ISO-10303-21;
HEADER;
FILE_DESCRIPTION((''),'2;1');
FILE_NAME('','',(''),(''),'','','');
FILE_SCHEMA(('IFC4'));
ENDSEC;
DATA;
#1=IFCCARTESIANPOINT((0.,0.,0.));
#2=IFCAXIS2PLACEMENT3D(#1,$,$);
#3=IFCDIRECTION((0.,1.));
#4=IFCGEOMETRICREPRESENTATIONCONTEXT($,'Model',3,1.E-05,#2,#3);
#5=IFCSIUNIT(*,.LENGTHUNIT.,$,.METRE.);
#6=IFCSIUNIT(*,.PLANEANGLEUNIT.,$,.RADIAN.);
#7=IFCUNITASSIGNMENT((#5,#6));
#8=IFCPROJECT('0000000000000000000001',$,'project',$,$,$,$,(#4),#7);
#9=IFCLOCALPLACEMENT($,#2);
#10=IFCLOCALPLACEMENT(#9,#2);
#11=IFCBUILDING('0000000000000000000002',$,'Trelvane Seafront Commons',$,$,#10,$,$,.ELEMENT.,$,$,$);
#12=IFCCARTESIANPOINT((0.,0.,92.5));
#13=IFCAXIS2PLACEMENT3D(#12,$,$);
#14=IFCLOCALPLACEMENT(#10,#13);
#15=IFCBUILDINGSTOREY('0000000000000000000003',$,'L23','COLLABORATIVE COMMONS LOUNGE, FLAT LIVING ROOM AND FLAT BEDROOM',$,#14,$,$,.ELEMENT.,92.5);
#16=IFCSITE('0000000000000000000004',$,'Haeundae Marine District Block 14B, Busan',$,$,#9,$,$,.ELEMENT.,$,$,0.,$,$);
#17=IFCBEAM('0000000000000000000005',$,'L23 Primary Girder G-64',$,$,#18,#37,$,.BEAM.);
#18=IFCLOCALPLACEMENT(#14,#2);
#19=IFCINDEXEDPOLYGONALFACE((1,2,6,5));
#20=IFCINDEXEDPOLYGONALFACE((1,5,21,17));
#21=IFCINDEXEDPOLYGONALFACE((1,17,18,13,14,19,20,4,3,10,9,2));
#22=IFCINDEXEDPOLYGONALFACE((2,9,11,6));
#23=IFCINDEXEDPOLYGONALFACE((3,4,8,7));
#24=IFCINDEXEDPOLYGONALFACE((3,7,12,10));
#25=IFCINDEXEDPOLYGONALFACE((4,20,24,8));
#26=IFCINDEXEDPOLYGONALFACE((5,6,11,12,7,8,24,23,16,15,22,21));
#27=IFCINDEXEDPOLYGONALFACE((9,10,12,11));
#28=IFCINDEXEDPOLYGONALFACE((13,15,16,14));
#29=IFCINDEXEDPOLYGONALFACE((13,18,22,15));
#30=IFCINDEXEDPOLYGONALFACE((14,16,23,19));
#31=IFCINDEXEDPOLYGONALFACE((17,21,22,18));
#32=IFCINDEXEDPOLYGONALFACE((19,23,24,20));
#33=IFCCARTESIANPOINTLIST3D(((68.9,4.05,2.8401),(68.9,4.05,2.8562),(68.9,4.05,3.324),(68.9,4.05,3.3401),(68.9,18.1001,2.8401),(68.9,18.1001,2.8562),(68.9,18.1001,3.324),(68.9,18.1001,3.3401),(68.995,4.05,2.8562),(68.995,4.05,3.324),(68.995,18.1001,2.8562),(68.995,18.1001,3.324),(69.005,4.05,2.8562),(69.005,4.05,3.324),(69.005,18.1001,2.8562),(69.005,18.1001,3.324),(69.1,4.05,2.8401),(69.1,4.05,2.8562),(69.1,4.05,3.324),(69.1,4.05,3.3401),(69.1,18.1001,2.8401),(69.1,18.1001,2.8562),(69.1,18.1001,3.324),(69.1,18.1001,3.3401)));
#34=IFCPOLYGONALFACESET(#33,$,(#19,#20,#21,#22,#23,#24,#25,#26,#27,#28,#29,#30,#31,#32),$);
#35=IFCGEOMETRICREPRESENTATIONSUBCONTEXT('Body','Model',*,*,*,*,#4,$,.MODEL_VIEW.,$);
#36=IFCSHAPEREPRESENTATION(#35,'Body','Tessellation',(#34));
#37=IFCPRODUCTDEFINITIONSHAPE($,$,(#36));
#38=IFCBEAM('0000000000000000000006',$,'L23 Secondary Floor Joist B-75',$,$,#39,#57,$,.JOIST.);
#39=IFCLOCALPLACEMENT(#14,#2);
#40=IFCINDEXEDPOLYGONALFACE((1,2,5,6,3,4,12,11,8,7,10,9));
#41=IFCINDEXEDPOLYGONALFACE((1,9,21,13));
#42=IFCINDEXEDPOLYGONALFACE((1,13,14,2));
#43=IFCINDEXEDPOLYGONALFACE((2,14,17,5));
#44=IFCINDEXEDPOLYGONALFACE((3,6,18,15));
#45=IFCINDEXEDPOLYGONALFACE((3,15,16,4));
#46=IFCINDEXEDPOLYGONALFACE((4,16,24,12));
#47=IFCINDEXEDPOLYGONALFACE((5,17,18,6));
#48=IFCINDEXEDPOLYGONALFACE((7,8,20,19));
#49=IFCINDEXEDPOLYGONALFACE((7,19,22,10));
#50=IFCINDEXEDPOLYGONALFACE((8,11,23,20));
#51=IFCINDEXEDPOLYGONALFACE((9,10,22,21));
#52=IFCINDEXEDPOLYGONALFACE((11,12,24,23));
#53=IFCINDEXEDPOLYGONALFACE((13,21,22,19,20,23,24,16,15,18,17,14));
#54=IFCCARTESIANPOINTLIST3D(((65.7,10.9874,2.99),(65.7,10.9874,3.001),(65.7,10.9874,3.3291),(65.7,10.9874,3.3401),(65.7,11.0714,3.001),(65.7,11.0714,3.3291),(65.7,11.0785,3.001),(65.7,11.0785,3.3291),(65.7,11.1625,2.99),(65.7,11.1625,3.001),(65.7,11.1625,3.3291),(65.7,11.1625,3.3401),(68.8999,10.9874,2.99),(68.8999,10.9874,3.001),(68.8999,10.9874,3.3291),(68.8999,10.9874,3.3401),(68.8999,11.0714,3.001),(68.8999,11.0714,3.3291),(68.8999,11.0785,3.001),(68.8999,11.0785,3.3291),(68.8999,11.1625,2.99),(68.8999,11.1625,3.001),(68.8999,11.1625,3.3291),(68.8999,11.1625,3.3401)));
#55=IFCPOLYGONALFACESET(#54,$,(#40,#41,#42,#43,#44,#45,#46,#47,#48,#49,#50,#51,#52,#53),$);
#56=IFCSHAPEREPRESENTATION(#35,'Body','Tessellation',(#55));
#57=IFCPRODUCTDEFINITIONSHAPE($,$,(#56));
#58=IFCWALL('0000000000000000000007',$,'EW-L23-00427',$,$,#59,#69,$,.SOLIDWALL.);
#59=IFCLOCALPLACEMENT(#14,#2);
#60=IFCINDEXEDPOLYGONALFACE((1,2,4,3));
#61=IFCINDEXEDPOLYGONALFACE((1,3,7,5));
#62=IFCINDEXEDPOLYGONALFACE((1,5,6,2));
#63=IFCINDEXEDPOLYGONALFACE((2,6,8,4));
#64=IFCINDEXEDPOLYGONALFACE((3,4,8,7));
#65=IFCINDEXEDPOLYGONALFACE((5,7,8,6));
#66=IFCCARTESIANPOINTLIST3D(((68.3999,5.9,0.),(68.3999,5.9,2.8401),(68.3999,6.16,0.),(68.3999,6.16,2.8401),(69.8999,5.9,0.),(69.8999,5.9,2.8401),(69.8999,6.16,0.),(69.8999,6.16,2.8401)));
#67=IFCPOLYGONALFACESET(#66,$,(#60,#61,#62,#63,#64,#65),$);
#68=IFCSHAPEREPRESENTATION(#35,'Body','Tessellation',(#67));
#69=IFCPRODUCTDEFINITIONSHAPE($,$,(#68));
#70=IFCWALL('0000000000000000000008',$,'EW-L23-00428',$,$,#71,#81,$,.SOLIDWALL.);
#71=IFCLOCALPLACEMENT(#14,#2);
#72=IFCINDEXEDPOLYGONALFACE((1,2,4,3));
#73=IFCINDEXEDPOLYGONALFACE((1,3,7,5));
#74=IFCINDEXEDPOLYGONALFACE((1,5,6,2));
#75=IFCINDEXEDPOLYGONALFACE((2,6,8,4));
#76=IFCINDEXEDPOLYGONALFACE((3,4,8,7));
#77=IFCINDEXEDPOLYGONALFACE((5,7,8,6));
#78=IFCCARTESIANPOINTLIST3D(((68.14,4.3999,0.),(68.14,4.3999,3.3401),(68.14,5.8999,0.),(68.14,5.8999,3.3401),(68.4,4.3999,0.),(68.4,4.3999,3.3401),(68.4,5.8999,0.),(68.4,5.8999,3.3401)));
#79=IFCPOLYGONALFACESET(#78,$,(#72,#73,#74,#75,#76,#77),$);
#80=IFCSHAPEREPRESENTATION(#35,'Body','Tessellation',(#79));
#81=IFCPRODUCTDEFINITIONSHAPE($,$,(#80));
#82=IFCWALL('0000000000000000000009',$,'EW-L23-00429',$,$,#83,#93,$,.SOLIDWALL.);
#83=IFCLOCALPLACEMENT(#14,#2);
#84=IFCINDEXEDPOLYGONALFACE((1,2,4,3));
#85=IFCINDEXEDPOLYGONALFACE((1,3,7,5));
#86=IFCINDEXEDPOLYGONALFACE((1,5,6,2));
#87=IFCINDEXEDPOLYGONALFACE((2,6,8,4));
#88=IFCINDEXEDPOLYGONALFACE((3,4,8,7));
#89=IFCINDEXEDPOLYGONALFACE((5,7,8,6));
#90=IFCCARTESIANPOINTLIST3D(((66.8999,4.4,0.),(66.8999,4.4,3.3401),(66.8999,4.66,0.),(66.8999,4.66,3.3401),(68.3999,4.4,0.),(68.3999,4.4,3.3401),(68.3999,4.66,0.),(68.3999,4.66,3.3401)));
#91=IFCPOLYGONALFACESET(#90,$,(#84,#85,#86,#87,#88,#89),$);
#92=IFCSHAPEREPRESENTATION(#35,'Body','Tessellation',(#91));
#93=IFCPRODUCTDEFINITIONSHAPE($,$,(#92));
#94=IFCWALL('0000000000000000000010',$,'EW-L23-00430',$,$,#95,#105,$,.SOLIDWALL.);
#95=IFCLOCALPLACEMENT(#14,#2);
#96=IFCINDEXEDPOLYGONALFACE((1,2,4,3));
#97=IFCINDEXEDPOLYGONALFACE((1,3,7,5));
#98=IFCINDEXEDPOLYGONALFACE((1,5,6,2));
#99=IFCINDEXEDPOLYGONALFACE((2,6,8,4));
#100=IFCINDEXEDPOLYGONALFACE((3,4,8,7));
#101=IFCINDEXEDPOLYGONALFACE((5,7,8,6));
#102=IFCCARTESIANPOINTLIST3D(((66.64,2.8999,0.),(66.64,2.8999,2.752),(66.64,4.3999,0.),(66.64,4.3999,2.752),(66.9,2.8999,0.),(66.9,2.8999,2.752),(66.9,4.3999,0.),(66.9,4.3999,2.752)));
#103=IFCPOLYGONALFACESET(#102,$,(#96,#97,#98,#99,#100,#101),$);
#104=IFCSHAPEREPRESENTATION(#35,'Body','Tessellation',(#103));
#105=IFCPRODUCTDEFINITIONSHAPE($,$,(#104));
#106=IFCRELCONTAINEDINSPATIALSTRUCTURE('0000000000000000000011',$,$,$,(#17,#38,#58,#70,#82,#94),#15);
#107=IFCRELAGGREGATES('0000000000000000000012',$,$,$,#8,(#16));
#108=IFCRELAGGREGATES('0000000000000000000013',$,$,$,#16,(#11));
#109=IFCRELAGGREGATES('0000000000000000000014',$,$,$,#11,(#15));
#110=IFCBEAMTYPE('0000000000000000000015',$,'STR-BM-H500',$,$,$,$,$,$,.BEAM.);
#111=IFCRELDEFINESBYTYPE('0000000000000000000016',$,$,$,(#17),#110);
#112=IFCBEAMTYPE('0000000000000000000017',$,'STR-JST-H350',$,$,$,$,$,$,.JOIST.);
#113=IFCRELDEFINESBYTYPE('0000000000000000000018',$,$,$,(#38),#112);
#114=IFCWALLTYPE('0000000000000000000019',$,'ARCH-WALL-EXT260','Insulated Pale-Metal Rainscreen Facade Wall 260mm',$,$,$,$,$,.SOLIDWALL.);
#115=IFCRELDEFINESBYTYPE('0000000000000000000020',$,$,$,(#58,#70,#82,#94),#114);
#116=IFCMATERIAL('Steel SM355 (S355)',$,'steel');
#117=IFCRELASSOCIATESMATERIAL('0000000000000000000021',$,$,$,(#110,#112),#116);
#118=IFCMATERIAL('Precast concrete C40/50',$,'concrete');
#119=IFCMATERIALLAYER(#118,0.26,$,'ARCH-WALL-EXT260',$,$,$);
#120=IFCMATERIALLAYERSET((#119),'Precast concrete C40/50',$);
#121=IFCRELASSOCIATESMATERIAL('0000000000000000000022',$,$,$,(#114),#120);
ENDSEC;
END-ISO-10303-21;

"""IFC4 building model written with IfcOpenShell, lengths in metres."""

from ifc_helpers import new_model, si_unit, direction, frame, frame_2d, origin, origin_2d, place, context, subcontext, project, spatial, rectangle, i_section, extrude, source, transform, mapped, material, layer, layer_set, material_profile, profile_set, type_object, element, save


model = new_model("IFC4")

# Units and contexts
model_context = context("Model", 3, precision=1e-05, world=origin(), true_north=direction((0.0, 1.0)))
body_context = subcontext(model_context, "Body", "Model", "MODEL_VIEW")
ifc_project = project(units=[si_unit("LENGTHUNIT", "METRE"), si_unit("PLANEANGLEUNIT", "RADIAN")], contexts=[model_context])

# Site, building, storey
site_placement = place(None, origin())
site = spatial("IfcSite", under=ifc_project, at=site_placement, Name="Haeundae Marine District Block 14B, Busan", CompositionType="ELEMENT", RefElevation=0.0)
building_placement = place(site_placement, origin())
building = spatial("IfcBuilding", under=site, at=building_placement, Name="Trelvane Seafront Commons", CompositionType="ELEMENT")
storey_placement = place(building_placement, frame((0.0, 0.0, 92.5)))
storey = spatial("IfcBuildingStorey", under=building, at=storey_placement, Name="L23", Description="COLLABORATIVE COMMONS LOUNGE, FLAT LIVING ROOM AND FLAT BEDROOM", CompositionType="ELEMENT", Elevation=92.5)

# Beams
ifc_material_1 = material(Name="Steel SM355 (S355)", Category="steel")
ifc_material_profile_1 = material_profile(ifc_material_1, i_section(OverallWidth=0.2, OverallDepth=0.5, WebThickness=0.01, FlangeThickness=0.0161, at=origin_2d()), Name="H-500x200x10x16")
ifc_profile_set_1 = profile_set([ifc_material_profile_1], Name="Steel SM355 (S355)")
beam_type_1 = type_object("IfcBeamType", Name="STR-BM-H500", PredefinedType="BEAM", material=ifc_profile_set_1)
shared_shape_1 = source(origin(), body_context, "Body", "SweptSolid", [
    extrude(i_section(OverallWidth=0.2, OverallDepth=0.5, WebThickness=0.01, FlangeThickness=0.0161, at=origin_2d()), origin(), (0.0, 0.0, 1.0), 14.05),
])
beam_1_placement = place(storey_placement, frame((69.0, 4.05, 3.0901), z_axis=(0.0, 1.0, 0.0), x_axis=(-1.0, 0.0, 0.0)))
element("IfcBeam", 1, at=beam_1_placement, inside=storey, type_object=beam_type_1, Name="L23 Primary Girder G-64", PredefinedType="BEAM", context=body_context, shape_type="MappedRepresentation", body=[
    mapped(shared_shape_1, transform((0.0, 0.0, 0.0), x_axis=(1.0, 0.0, 0.0), y_axis=(0.0, 1.0, 0.0), z_axis=(0.0, 0.0, 1.0), scale=1.0)),
])
ifc_material_profile_2 = material_profile(ifc_material_1, i_section(OverallWidth=0.175, OverallDepth=0.3501, WebThickness=0.0071, FlangeThickness=0.011, at=origin_2d()), Name="H-350x175x7x11")
ifc_profile_set_2 = profile_set([ifc_material_profile_2], Name="Steel SM355 (S355)")
beam_type_2 = type_object("IfcBeamType", Name="STR-JST-H350", PredefinedType="JOIST", material=ifc_profile_set_2)
shared_shape_2 = source(origin(), body_context, "Body", "SweptSolid", [
    extrude(i_section(OverallWidth=0.175, OverallDepth=0.3501, WebThickness=0.0071, FlangeThickness=0.011, at=origin_2d()), origin(), (0.0, 0.0, 1.0), 3.2),
])
beam_2_placement = place(storey_placement, frame((65.7, 11.075, 3.165), z_axis=(1.0, 0.0, 0.0), x_axis=(0.0, 1.0, 0.0)))
element("IfcBeam", 2, at=beam_2_placement, inside=storey, type_object=beam_type_2, Name="L23 Secondary Floor Joist B-75", PredefinedType="JOIST", context=body_context, shape_type="MappedRepresentation", body=[
    mapped(shared_shape_2, transform((0.0, 0.0, 0.0), x_axis=(1.0, 0.0, 0.0), y_axis=(0.0, 1.0, 0.0), z_axis=(0.0, 0.0, 1.0), scale=1.0)),
])

# Walls
ifc_material_2 = material(Name="Precast concrete C40/50", Category="concrete")
ifc_layer_1 = layer(ifc_material_2, 0.26, Name="ARCH-WALL-EXT260")
ifc_layer_set_1 = layer_set([ifc_layer_1], Name="Precast concrete C40/50")
wall_type_1 = type_object("IfcWallType", Name="ARCH-WALL-EXT260", Description="Insulated Pale-Metal Rainscreen Facade Wall 260mm", PredefinedType="SOLIDWALL", material=ifc_layer_set_1)
wall_1_placement = place(storey_placement, frame((69.8999, 6.03, 0.0), z_axis=(0.0, 0.0, 1.0), x_axis=(-1.0, 0.0, 0.0)))
element("IfcWall", 3, at=wall_1_placement, inside=storey, type_object=wall_type_1, Name="EW-L23-00427", PredefinedType="SOLIDWALL", context=body_context, shape_type="SweptSolid", body=[
    extrude(rectangle(XDim=1.5, YDim=0.26, at=frame_2d((0.75, 0.0))), origin(), (0.0, 0.0, 1.0), 2.8401),
])
for number, where, z_axis, x_axis, name in (
    (4, (68.27, 5.8999, 0.0), (0.0, 0.0, 1.0), (0.0, -1.0, 0.0), "EW-L23-00428"),
    (5, (68.3999, 4.53, 0.0), (0.0, 0.0, 1.0), (-1.0, 0.0, 0.0), "EW-L23-00429"),
):
    element("IfcWall", number, at=place(storey_placement, frame(where, z_axis=z_axis, x_axis=x_axis)), inside=storey, type_object=wall_type_1, Name=name, PredefinedType="SOLIDWALL", context=body_context, shape_type="SweptSolid", body=[
        extrude(rectangle(XDim=1.5, YDim=0.26, at=frame_2d((0.75, 0.0))), origin(), (0.0, 0.0, 1.0), 3.3401),
    ])
wall_2_placement = place(storey_placement, frame((66.77, 4.3999, 0.0), z_axis=(0.0, 0.0, 1.0), x_axis=(0.0, -1.0, 0.0)))
element("IfcWall", 6, at=wall_2_placement, inside=storey, type_object=wall_type_1, Name="EW-L23-00430", PredefinedType="SOLIDWALL", context=body_context, shape_type="SweptSolid", body=[
    extrude(rectangle(XDim=1.5, YDim=0.26, at=frame_2d((0.75, 0.0))), origin(), (0.0, 0.0, 1.0), 2.752),
])

save(model, "model.ifc")
